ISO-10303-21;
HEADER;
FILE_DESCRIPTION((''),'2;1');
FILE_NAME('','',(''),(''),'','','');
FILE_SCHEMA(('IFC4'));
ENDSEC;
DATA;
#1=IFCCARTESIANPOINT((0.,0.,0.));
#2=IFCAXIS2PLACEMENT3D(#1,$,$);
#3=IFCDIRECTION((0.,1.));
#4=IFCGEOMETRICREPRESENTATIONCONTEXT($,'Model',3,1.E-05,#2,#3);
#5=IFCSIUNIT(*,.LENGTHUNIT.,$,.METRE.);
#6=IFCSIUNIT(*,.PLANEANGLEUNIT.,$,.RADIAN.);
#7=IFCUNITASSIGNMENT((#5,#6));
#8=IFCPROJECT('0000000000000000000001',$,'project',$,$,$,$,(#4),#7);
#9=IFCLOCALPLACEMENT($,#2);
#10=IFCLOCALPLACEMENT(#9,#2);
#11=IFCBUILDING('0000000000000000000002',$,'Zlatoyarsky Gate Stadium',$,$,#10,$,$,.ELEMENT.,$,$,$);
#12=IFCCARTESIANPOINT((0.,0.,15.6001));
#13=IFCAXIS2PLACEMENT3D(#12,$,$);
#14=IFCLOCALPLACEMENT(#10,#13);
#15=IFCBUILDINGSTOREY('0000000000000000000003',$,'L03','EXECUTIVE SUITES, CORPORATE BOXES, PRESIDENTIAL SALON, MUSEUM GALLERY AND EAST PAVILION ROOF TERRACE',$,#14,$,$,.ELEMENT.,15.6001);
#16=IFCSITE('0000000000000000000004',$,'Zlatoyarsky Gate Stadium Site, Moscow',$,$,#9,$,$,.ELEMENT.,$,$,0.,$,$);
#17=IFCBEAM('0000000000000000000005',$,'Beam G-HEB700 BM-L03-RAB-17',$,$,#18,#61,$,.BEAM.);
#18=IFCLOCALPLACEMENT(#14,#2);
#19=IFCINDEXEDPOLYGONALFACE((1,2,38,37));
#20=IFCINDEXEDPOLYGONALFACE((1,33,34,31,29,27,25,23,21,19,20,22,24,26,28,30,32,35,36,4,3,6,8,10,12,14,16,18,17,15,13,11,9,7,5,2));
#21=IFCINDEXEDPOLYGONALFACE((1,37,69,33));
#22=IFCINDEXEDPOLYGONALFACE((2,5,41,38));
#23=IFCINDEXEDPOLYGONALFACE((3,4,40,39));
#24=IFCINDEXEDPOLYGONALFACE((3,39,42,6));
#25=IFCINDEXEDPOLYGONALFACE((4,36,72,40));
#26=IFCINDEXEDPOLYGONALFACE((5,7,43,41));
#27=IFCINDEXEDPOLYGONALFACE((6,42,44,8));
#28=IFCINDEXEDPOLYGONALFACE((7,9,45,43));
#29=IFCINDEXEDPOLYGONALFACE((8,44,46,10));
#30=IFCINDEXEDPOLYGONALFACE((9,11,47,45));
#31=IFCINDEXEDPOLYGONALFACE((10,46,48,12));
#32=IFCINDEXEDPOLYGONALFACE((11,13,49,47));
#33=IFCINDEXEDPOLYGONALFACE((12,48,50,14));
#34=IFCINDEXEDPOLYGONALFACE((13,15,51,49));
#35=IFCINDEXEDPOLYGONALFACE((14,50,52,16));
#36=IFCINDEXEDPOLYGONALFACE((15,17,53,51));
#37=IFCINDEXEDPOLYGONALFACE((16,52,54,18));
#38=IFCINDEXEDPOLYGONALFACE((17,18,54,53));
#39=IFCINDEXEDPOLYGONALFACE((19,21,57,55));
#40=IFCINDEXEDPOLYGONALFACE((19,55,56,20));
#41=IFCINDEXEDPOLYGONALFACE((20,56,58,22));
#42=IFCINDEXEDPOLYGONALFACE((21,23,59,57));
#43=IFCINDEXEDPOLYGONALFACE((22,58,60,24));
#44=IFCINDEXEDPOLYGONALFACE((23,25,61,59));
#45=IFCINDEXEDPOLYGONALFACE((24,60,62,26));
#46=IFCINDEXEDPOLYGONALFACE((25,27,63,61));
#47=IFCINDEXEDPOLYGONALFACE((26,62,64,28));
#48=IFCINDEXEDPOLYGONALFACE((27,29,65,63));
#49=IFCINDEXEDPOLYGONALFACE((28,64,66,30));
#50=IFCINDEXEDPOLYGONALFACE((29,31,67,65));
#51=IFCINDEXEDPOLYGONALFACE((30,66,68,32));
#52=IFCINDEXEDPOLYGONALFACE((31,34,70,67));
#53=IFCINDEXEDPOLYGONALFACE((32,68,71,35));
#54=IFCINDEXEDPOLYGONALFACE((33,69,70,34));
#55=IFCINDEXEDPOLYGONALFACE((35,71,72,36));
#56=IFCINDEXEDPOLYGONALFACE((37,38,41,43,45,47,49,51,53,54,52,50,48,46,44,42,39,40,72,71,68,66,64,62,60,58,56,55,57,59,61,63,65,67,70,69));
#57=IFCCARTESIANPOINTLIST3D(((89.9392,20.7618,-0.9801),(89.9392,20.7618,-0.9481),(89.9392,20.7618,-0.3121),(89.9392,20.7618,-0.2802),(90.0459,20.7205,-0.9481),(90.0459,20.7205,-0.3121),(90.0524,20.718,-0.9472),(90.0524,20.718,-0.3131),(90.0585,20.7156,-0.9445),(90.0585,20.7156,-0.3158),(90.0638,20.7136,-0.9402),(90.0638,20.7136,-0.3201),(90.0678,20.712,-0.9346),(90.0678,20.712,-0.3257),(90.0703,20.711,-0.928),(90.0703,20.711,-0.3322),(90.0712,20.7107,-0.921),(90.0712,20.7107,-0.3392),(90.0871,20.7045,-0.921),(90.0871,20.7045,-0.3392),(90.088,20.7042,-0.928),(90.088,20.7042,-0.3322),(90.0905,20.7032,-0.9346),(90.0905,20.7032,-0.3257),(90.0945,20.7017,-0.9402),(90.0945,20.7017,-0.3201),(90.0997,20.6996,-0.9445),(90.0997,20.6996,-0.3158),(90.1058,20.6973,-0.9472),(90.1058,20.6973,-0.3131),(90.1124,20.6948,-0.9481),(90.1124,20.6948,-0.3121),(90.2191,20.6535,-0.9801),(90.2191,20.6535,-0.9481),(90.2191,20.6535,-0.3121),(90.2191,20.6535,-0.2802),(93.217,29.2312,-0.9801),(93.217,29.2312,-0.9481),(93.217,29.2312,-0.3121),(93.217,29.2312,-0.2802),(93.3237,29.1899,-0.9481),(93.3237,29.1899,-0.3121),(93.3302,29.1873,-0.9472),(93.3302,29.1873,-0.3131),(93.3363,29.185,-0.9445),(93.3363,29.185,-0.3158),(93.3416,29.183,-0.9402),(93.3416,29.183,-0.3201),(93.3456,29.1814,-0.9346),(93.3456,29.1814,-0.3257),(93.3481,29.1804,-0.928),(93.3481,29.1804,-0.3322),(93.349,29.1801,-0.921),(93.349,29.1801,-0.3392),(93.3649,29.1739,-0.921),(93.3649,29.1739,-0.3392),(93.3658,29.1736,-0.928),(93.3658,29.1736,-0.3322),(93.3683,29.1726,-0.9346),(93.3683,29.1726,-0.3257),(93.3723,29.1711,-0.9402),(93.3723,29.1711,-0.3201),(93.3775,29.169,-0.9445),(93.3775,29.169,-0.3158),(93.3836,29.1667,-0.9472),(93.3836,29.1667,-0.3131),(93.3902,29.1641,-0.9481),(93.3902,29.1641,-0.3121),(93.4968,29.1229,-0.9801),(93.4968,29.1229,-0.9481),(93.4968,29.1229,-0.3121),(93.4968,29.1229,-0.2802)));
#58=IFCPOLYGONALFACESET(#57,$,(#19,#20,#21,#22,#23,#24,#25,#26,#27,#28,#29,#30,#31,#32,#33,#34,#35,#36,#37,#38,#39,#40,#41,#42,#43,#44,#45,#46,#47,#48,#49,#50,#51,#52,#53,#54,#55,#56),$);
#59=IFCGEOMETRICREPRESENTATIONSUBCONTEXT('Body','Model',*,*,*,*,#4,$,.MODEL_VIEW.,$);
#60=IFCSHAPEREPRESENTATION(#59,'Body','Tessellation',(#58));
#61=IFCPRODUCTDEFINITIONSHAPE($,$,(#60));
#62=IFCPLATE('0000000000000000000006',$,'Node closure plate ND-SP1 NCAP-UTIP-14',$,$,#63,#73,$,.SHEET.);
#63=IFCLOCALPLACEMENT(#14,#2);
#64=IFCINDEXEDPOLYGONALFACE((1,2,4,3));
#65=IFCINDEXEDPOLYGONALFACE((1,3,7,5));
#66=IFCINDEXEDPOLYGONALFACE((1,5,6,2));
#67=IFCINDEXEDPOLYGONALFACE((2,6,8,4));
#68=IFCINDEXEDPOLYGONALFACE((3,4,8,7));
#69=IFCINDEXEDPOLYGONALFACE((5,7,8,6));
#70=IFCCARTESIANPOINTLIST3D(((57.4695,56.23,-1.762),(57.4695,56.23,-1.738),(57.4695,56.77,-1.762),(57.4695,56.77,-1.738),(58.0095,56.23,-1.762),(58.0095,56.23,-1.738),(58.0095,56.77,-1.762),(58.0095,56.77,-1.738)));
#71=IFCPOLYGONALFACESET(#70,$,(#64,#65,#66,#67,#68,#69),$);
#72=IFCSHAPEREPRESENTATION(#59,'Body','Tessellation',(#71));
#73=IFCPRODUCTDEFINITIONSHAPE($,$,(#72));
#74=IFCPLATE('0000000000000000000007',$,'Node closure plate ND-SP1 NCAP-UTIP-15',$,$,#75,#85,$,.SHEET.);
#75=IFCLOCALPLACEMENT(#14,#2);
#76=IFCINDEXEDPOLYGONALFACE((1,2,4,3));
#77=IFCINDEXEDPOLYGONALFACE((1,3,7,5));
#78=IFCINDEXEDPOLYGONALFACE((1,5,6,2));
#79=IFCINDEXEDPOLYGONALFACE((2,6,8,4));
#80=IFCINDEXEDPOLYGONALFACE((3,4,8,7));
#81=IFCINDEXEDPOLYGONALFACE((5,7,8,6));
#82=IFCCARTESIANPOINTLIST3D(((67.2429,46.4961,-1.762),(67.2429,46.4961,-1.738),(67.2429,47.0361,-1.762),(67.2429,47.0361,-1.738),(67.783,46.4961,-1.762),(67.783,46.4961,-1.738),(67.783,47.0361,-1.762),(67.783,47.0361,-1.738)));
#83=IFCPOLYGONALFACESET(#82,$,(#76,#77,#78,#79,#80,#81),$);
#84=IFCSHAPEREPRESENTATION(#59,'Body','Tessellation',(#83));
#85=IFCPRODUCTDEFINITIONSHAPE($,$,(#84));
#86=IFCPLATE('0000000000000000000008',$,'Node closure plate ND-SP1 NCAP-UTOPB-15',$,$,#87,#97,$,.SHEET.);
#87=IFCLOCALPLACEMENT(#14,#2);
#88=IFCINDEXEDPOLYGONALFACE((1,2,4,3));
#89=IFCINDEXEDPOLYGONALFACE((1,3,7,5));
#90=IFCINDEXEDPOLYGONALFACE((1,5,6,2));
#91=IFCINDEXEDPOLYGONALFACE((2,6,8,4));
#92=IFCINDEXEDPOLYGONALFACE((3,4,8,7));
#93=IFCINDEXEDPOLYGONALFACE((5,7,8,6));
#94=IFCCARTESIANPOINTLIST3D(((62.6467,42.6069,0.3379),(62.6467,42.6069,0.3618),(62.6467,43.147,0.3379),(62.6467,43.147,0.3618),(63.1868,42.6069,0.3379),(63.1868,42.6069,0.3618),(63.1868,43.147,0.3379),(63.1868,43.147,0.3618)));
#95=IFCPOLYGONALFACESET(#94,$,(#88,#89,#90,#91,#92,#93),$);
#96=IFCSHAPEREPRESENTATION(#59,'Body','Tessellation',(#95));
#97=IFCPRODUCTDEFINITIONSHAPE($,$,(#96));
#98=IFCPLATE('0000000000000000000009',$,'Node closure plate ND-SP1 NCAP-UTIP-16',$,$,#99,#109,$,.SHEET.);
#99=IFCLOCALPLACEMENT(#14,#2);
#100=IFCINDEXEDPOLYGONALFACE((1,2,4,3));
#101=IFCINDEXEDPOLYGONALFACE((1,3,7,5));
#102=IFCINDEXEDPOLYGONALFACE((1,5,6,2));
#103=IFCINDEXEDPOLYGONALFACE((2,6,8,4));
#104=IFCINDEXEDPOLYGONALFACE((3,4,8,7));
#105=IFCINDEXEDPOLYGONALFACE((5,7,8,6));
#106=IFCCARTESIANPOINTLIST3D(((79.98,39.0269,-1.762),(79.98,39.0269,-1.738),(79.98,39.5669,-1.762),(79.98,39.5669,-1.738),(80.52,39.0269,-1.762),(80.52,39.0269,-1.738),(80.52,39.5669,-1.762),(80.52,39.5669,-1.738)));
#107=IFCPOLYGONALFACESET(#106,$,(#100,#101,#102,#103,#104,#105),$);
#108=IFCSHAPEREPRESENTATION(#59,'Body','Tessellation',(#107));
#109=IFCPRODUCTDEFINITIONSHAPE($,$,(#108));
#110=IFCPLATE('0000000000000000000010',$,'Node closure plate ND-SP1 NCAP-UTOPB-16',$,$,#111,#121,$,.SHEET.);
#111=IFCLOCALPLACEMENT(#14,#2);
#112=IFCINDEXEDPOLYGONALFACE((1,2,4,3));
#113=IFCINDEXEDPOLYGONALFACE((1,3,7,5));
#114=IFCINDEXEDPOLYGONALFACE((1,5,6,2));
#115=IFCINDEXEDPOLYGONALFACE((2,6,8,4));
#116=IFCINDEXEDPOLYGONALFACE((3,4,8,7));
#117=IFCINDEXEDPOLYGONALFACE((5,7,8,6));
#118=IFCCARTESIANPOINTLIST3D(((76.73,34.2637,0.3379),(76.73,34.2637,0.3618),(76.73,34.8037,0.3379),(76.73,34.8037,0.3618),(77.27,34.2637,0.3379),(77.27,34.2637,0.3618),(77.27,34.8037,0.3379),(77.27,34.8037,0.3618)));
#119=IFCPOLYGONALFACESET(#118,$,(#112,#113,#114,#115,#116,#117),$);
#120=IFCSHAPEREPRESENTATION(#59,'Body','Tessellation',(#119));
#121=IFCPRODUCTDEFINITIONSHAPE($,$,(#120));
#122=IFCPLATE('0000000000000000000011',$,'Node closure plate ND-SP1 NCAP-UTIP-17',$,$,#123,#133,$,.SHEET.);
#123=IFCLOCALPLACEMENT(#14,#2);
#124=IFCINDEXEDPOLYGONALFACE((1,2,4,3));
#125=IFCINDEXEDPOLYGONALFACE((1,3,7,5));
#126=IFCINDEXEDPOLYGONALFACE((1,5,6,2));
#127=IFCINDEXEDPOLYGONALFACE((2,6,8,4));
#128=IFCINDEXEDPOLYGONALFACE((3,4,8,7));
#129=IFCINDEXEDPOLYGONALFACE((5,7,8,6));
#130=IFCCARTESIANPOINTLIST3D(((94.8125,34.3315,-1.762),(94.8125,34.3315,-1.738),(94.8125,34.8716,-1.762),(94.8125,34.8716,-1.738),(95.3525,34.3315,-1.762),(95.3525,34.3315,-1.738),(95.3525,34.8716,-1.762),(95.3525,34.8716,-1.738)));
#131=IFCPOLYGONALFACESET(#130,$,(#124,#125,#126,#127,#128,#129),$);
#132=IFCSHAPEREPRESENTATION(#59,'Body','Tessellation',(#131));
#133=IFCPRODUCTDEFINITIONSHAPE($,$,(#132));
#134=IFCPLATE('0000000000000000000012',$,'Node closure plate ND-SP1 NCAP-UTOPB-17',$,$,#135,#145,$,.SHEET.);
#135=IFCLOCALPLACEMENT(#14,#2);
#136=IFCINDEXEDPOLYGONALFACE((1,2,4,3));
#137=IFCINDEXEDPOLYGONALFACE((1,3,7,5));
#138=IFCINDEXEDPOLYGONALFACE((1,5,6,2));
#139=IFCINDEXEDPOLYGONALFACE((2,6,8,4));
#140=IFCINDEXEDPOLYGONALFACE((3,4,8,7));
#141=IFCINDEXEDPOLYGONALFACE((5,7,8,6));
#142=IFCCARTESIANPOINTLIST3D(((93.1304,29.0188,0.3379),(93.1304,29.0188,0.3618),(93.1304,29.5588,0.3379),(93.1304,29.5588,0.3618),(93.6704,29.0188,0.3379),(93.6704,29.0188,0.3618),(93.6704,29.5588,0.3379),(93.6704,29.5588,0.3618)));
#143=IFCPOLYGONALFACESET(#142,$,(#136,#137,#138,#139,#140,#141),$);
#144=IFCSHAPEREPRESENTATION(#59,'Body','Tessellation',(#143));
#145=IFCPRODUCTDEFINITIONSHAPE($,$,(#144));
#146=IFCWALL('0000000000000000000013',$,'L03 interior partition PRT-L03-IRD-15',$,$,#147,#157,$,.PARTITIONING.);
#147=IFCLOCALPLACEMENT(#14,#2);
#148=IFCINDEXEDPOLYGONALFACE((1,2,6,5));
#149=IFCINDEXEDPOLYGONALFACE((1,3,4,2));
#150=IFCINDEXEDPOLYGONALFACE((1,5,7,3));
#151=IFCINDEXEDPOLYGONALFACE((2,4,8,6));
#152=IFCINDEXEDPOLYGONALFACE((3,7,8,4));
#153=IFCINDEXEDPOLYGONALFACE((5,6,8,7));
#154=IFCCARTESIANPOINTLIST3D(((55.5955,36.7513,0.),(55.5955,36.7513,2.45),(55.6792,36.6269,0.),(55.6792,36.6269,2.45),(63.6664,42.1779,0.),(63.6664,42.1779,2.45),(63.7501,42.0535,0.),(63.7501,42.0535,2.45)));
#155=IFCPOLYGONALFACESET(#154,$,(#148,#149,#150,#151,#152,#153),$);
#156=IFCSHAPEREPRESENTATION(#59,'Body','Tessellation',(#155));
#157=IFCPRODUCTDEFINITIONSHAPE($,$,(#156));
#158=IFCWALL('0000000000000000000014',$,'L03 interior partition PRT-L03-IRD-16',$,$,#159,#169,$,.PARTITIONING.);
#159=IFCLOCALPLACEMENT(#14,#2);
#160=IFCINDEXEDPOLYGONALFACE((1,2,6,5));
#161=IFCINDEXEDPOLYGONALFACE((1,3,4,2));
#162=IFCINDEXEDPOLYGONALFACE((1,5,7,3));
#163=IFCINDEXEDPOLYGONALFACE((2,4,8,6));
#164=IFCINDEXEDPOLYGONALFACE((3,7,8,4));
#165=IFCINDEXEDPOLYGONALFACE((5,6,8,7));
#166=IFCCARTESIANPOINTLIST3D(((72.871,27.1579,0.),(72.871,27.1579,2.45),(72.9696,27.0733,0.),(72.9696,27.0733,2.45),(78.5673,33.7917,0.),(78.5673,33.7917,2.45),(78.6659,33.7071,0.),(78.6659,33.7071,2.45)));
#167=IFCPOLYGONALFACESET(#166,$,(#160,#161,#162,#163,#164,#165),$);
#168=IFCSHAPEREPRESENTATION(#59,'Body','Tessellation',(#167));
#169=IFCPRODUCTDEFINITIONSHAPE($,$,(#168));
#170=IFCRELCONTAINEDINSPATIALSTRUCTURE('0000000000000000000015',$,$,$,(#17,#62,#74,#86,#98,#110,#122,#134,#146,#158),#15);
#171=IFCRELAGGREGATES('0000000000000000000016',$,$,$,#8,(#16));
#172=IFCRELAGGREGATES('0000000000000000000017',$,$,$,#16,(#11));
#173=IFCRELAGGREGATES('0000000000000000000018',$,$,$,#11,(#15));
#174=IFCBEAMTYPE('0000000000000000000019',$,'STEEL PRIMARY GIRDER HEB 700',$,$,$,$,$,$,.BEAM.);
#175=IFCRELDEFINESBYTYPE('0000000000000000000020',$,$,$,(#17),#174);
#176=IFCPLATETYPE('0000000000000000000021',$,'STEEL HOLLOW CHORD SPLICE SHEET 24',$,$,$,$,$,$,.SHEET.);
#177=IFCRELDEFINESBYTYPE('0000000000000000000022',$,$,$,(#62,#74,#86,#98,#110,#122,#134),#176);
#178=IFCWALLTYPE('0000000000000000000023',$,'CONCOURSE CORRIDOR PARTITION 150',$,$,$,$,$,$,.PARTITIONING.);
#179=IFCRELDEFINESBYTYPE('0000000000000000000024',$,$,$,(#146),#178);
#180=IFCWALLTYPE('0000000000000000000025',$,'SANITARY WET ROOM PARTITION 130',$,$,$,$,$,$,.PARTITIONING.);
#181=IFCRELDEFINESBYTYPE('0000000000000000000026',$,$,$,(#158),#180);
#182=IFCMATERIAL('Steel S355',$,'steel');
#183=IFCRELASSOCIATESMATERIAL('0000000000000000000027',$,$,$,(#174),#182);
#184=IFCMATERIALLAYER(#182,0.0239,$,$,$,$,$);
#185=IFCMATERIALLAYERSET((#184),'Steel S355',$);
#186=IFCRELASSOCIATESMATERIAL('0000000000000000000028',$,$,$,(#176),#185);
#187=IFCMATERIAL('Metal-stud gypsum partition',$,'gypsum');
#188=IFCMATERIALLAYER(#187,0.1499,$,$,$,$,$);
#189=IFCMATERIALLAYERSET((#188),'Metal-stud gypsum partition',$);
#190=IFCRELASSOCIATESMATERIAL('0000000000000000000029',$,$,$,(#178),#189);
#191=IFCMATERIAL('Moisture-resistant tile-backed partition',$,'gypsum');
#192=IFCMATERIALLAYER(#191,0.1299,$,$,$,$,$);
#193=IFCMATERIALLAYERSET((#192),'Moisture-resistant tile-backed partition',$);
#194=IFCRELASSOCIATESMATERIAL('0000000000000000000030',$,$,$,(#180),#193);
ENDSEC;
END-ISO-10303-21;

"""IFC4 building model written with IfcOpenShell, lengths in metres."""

from ifc_helpers import new_model, si_unit, direction, frame, frame_2d, origin, origin_2d, place, context, subcontext, project, spatial, rectangle, i_section, extrude, material, layer, layer_set, material_profile, profile_set, type_object, element, save


model = new_model("IFC4")

# Units and contexts
model_context = context("Model", 3, precision=1e-05, world=origin(), true_north=direction((0.0, 1.0)))
body_context = subcontext(model_context, "Body", "Model", "MODEL_VIEW")
ifc_project = project(units=[si_unit("LENGTHUNIT", "METRE"), si_unit("PLANEANGLEUNIT", "RADIAN")], contexts=[model_context])

# Site, building, storey
site_placement = place(None, origin())
site = spatial("IfcSite", under=ifc_project, at=site_placement, Name="Zlatoyarsky Gate Stadium Site, Moscow", CompositionType="ELEMENT", RefElevation=0.0)
building_placement = place(site_placement, origin())
building = spatial("IfcBuilding", under=site, at=building_placement, Name="Zlatoyarsky Gate Stadium", CompositionType="ELEMENT")
storey_placement = place(building_placement, frame((0.0, 0.0, 15.6001)))
storey = spatial("IfcBuildingStorey", under=building, at=storey_placement, Name="L03", Description="EXECUTIVE SUITES, CORPORATE BOXES, PRESIDENTIAL SALON, MUSEUM GALLERY AND EAST PAVILION ROOF TERRACE", CompositionType="ELEMENT", Elevation=15.6001)

# Shared definitions
ifc_material_1 = material(Name="Steel S355", Category="steel")

# Beam
ifc_material_profile_1 = material_profile(ifc_material_1, i_section(OverallWidth=0.3, OverallDepth=0.7, WebThickness=0.0171, FlangeThickness=0.032, FilletRadius=0.0271, at=origin_2d()), Name="HEB 700")
ifc_profile_set_1 = profile_set([ifc_material_profile_1], Name="Steel S355")
beam_type_1 = type_object("IfcBeamType", Name="STEEL PRIMARY GIRDER HEB 700", PredefinedType="BEAM", material=ifc_profile_set_1)
beam_1_placement = place(storey_placement, frame((93.3569, 29.177, -0.6301), z_axis=(-0.360929, -0.932593, 0.0), x_axis=(0.932593, -0.360929, 0.0)))
element("IfcBeam", 1, at=beam_1_placement, inside=storey, type_object=beam_type_1, Name="Beam G-HEB700 BM-L03-RAB-17", PredefinedType="BEAM", context=body_context, shape_type="SweptSolid", body=[
    extrude(i_section(OverallWidth=0.3, OverallDepth=0.7, WebThickness=0.0171, FlangeThickness=0.032, FilletRadius=0.0271, at=origin_2d()), origin(), (0.0, 0.0, 1.0), 9.0815),
])

# Plates
ifc_layer_1 = layer(ifc_material_1, 0.0239)
ifc_layer_set_1 = layer_set([ifc_layer_1], Name="Steel S355")
plate_type = type_object("IfcPlateType", Name="STEEL HOLLOW CHORD SPLICE SHEET 24", PredefinedType="SHEET", material=ifc_layer_set_1)
for number, where, z_axis, x_axis, name in (
    (2, (57.7395, 56.5, -1.762), (0.0, 0.0, 1.0), (1.0, 0.0, 0.0), "Node closure plate ND-SP1 NCAP-UTIP-14"),
    (3, (67.5129, 46.7661, -1.762), (0.0, 0.0, 1.0), (1.0, 0.0, 0.0), "Node closure plate ND-SP1 NCAP-UTIP-15"),
    (4, (62.9167, 42.877, 0.3379), (0.0, 0.0, 1.0), (1.0, 0.0, 0.0), "Node closure plate ND-SP1 NCAP-UTOPB-15"),
    (5, (80.25, 39.2969, -1.762), (0.0, 0.0, 1.0), (1.0, 0.0, 0.0), "Node closure plate ND-SP1 NCAP-UTIP-16"),
    (6, (77.0, 34.5337, 0.3379), (0.0, 0.0, 1.0), (1.0, 0.0, 0.0), "Node closure plate ND-SP1 NCAP-UTOPB-16"),
    (7, (95.0825, 34.6016, -1.762), (0.0, 0.0, 1.0), (1.0, 0.0, 0.0), "Node closure plate ND-SP1 NCAP-UTIP-17"),
    (8, (93.4004, 29.2888, 0.3379), (0.0, 0.0, 1.0), (1.0, 0.0, 0.0), "Node closure plate ND-SP1 NCAP-UTOPB-17"),
):
    element("IfcPlate", number, at=place(storey_placement, frame(where, z_axis=z_axis, x_axis=x_axis)), inside=storey, type_object=plate_type, Name=name, PredefinedType="SHEET", context=body_context, shape_type="SweptSolid", body=[
        extrude(rectangle(XDim=0.54, YDim=0.54, at=origin_2d()), origin(), (0.0, 0.0, 1.0), 0.0239),
    ])

# Walls
ifc_material_2 = material(Name="Metal-stud gypsum partition", Category="gypsum")
ifc_layer_2 = layer(ifc_material_2, 0.1499)
ifc_layer_set_2 = layer_set([ifc_layer_2], Name="Metal-stud gypsum partition")
wall_type_1 = type_object("IfcWallType", Name="CONCOURSE CORRIDOR PARTITION 150", PredefinedType="PARTITIONING", material=ifc_layer_set_2)
wall_1_placement = place(storey_placement, frame((63.7083, 42.1157, 0.0), z_axis=(0.0, 0.0, 1.0), x_axis=(-0.829862, -0.557969, 0.0)))
element("IfcWall", 9, at=wall_1_placement, inside=storey, type_object=wall_type_1, Name="L03 interior partition PRT-L03-IRD-15", PredefinedType="PARTITIONING", context=body_context, shape_type="SweptSolid", body=[
    extrude(rectangle(XDim=9.7256, YDim=0.1499, at=frame_2d((4.8628, 0.0))), origin(), (0.0, 0.0, 1.0), 2.45),
])
ifc_material_3 = material(Name="Moisture-resistant tile-backed partition", Category="gypsum")
ifc_layer_3 = layer(ifc_material_3, 0.1299)
ifc_layer_set_3 = layer_set([ifc_layer_3], Name="Moisture-resistant tile-backed partition")
wall_type_2 = type_object("IfcWallType", Name="SANITARY WET ROOM PARTITION 130", PredefinedType="PARTITIONING", material=ifc_layer_set_3)
wall_2_placement = place(storey_placement, frame((78.6167, 33.7495, 0.0), z_axis=(0.0, 0.0, 1.0), x_axis=(-0.651463, -0.758681, 0.0)))
element("IfcWall", 10, at=wall_2_placement, inside=storey, type_object=wall_type_2, Name="L03 interior partition PRT-L03-IRD-16", PredefinedType="PARTITIONING", context=body_context, shape_type="SweptSolid", body=[
    extrude(rectangle(XDim=8.7439, YDim=0.1299, at=frame_2d((4.3721, 0.0))), origin(), (0.0, 0.0, 1.0), 2.45),
])

save(model, "model.ifc")
